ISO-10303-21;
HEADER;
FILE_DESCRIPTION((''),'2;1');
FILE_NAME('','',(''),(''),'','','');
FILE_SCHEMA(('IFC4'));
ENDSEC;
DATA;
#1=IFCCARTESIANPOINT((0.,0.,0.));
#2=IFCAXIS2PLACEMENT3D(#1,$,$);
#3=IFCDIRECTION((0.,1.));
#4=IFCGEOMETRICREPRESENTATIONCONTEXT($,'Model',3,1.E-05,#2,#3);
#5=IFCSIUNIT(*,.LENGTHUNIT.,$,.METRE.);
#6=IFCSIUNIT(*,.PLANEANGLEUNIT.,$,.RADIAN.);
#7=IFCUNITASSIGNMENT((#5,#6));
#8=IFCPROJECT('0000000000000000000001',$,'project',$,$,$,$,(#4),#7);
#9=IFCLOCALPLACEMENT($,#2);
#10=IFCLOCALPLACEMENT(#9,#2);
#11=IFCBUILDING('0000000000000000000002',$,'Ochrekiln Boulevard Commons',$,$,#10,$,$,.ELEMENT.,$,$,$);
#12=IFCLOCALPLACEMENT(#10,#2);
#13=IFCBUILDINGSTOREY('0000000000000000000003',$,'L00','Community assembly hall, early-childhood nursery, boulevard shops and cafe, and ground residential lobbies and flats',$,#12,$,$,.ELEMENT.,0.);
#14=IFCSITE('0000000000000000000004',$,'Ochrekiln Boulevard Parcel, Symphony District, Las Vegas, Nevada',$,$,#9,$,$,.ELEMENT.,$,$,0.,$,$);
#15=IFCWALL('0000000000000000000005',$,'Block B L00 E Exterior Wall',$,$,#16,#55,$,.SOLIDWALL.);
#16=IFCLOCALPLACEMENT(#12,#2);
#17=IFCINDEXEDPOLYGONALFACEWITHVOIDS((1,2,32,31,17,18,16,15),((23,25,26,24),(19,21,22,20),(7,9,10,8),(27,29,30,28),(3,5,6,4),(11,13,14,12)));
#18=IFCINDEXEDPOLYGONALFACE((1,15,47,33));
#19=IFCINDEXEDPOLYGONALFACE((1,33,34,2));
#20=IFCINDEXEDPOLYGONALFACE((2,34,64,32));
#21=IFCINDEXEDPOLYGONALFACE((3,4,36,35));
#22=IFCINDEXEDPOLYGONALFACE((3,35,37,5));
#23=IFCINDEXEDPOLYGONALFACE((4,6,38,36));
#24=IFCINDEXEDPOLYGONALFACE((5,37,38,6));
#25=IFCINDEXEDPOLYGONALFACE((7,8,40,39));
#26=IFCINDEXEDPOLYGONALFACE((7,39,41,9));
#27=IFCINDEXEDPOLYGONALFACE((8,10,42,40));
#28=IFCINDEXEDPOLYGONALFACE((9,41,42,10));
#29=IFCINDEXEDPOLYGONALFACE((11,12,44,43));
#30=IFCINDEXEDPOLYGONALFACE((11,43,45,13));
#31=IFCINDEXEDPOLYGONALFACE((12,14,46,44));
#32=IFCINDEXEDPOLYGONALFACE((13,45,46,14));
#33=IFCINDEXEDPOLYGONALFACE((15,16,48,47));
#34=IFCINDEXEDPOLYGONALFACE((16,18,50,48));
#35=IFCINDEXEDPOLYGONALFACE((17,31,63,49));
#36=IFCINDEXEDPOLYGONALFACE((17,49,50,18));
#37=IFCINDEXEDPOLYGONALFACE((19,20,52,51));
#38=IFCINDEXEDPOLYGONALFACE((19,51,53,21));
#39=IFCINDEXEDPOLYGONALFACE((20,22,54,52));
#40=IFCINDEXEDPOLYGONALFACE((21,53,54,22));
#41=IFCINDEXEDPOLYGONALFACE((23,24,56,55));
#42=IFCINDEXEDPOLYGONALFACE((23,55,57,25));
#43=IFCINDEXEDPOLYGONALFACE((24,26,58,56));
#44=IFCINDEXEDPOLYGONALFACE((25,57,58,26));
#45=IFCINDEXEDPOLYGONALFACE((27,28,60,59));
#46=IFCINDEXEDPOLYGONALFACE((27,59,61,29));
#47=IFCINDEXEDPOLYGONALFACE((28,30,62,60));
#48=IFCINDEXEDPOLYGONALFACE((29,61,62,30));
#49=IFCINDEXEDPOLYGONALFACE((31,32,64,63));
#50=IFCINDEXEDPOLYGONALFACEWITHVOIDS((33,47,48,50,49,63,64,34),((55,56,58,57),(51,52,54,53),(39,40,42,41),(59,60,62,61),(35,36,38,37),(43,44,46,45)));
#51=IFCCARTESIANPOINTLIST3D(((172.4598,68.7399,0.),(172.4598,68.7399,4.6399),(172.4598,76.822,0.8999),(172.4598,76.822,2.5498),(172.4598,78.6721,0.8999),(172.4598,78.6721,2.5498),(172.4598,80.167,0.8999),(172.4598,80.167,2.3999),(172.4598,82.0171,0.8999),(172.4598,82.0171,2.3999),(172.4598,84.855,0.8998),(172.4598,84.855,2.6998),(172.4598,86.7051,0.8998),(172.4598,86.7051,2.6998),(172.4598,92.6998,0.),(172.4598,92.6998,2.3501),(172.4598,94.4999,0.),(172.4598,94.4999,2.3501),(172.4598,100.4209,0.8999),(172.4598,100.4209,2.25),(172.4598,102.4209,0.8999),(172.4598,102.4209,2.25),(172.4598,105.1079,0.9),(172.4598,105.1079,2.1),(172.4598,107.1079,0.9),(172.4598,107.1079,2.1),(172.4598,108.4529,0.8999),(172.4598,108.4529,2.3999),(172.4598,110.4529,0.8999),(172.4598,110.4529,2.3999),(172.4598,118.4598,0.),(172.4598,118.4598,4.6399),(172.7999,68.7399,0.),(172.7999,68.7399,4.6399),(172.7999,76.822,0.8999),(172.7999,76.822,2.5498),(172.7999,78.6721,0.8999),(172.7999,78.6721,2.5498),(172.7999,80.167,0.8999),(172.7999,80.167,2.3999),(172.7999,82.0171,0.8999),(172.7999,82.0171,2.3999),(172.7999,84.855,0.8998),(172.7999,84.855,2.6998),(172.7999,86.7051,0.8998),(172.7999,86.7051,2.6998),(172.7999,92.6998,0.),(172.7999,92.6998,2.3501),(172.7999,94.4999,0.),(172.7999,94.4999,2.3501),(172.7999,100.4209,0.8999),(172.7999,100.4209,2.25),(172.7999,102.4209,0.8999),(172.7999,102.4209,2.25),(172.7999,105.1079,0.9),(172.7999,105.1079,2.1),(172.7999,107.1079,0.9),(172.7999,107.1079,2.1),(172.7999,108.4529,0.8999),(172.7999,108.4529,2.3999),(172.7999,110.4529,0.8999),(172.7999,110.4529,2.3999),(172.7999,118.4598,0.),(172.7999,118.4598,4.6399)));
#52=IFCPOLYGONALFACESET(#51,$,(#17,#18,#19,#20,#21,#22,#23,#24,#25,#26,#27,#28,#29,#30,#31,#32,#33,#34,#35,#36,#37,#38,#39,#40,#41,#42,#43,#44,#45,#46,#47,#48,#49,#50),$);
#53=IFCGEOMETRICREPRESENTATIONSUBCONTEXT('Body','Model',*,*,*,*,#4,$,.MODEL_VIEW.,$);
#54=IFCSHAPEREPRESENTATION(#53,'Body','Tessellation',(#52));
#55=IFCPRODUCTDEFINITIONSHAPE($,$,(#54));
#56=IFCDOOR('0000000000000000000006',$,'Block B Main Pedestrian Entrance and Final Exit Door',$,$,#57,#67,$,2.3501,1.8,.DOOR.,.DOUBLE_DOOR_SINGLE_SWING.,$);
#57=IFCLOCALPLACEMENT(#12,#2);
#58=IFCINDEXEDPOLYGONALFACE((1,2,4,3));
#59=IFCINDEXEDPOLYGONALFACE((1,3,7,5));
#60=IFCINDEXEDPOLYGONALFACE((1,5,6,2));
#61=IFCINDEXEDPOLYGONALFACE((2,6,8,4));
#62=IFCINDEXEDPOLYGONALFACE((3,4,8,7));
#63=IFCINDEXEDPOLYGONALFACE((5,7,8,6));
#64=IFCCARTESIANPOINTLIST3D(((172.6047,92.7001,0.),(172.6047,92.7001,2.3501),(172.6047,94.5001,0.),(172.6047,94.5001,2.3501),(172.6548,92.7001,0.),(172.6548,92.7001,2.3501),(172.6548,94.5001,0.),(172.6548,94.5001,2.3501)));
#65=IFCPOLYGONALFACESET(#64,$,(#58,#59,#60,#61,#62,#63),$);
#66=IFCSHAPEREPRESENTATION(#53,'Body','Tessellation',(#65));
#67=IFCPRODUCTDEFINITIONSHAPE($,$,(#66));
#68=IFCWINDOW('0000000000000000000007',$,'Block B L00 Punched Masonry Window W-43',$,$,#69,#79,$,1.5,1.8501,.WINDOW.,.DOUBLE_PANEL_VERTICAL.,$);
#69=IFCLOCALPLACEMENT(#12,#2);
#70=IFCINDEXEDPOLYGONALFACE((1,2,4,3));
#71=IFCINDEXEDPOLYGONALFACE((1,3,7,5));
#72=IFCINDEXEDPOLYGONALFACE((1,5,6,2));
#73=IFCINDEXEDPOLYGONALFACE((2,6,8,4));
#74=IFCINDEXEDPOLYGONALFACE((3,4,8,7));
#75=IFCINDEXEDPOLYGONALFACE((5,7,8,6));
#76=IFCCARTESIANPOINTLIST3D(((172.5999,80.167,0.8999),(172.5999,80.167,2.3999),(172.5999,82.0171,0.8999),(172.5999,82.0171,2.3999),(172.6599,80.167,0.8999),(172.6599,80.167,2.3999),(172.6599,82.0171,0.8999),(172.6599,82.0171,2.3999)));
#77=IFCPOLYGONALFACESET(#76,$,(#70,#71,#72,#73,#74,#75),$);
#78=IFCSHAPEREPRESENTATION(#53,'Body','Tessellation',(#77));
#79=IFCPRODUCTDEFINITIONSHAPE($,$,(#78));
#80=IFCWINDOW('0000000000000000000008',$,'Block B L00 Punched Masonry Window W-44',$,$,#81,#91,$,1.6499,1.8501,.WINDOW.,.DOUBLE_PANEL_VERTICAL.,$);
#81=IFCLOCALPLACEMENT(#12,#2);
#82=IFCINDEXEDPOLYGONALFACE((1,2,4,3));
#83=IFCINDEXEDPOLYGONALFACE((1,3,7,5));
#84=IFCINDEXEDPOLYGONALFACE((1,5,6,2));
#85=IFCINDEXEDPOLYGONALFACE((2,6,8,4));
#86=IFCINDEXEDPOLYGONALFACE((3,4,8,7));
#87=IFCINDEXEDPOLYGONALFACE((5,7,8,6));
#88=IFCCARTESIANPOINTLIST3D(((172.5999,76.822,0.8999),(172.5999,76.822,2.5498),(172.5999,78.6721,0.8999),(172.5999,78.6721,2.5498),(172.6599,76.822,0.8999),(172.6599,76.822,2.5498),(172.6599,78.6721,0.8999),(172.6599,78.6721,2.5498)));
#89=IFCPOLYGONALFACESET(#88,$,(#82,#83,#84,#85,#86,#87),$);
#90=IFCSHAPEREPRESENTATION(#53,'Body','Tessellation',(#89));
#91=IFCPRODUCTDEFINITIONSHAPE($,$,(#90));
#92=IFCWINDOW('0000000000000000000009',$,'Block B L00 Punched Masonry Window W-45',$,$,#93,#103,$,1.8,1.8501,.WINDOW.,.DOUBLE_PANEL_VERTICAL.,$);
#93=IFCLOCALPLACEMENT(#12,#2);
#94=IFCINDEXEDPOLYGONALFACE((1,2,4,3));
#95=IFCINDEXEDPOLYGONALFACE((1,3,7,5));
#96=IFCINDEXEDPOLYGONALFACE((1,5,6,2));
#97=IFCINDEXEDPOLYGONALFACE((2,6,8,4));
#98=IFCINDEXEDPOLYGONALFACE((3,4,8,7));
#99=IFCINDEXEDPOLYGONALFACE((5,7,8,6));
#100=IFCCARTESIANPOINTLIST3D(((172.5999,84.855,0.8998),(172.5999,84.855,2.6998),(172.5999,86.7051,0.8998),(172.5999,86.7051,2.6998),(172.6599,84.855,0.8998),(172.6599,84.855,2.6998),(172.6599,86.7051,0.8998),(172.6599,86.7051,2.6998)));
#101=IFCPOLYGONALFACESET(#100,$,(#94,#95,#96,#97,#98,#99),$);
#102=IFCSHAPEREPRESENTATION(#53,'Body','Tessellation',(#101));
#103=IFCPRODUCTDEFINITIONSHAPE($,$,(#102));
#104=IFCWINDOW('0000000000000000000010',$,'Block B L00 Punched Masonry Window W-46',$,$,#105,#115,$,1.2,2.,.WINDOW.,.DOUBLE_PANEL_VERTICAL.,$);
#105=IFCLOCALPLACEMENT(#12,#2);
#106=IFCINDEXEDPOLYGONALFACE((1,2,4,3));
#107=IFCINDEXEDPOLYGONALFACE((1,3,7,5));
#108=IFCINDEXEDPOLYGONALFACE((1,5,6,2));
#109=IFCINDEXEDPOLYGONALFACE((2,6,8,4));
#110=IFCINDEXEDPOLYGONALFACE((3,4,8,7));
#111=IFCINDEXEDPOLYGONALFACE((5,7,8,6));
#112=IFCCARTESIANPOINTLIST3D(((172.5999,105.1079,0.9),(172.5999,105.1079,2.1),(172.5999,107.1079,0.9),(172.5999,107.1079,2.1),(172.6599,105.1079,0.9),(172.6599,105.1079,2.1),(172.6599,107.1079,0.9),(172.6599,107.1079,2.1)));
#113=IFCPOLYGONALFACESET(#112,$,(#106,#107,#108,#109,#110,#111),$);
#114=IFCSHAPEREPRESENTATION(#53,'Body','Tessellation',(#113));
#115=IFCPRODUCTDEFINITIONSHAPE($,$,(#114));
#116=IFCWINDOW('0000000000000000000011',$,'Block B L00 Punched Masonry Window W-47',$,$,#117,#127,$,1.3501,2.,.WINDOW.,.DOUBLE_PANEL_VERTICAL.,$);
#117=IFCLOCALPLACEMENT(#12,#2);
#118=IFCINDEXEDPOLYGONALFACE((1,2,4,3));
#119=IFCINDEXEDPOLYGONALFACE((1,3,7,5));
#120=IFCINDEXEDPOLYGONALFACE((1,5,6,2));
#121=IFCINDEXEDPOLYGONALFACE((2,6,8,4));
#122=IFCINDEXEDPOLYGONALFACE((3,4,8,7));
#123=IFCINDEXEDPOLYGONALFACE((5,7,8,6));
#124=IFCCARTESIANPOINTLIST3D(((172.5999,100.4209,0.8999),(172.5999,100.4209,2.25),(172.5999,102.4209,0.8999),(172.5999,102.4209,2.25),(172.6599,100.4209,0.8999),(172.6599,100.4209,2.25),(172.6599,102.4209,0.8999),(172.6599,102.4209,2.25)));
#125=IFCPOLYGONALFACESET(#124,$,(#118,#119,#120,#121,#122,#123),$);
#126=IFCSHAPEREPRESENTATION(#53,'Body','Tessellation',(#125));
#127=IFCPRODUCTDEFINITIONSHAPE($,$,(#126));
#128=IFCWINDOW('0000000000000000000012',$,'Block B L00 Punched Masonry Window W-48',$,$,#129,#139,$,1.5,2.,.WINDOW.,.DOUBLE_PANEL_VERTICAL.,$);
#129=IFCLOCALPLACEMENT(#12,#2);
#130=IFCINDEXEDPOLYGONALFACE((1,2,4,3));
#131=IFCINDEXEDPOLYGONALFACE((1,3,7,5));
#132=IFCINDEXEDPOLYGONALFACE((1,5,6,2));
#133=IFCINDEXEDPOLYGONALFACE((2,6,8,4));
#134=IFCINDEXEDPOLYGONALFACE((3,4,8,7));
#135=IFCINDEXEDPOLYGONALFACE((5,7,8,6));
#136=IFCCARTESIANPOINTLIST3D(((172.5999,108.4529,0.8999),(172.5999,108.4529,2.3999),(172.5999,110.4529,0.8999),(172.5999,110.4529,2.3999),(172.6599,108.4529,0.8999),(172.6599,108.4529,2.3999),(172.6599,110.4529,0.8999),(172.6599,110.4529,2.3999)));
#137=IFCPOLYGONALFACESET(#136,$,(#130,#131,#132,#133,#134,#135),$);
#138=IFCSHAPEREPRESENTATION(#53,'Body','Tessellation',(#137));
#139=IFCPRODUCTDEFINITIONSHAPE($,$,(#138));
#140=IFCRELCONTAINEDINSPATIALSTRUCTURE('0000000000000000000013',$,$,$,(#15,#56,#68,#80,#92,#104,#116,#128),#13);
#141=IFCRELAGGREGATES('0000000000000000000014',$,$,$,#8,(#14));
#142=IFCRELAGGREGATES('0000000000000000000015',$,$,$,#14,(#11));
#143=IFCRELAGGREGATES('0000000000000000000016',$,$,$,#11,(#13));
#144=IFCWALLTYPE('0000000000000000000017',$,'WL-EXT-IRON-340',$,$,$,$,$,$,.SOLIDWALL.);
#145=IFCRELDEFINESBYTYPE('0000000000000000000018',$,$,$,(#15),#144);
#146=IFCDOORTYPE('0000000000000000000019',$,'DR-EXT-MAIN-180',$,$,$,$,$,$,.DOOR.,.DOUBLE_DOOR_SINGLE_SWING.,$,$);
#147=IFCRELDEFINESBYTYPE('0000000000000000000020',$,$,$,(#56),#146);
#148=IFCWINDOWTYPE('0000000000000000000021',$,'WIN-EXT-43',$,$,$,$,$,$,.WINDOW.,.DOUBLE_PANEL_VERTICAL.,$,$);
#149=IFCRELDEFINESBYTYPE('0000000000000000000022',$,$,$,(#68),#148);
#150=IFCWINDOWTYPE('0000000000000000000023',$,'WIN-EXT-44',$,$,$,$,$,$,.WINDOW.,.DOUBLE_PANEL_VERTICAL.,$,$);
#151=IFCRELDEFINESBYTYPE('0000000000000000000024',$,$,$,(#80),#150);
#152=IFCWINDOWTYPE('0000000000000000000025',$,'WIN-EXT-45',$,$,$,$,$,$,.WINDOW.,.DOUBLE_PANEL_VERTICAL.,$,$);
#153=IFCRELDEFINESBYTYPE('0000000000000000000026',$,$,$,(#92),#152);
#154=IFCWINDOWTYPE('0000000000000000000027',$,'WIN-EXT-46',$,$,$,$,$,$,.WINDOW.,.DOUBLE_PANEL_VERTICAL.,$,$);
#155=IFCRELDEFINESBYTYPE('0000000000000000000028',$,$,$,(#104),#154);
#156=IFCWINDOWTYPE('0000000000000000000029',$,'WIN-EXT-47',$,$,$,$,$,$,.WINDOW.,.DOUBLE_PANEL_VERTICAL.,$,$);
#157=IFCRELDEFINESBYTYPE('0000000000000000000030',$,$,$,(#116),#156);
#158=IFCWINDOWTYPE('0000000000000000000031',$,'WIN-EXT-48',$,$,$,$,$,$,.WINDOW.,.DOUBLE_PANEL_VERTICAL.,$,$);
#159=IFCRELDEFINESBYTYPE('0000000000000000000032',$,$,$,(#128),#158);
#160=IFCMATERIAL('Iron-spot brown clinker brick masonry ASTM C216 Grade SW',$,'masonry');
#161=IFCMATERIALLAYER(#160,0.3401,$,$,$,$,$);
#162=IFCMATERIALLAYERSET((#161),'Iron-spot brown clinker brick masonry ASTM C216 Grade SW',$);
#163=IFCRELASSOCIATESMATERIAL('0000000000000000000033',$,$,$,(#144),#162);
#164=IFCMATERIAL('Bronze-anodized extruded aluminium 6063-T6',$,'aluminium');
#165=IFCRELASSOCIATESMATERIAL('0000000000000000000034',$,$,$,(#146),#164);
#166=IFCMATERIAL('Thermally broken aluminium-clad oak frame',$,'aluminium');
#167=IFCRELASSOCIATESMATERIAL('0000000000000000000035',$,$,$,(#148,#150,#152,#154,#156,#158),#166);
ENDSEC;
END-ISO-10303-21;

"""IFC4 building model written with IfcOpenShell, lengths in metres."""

from ifc_helpers import new_model, si_unit, direction, frame, frame_2d, origin, place, context, subcontext, project, spatial, rectangle, extrude, material, layer, layer_set, type_object, element, fill, save


model = new_model("IFC4")

# Units and contexts
model_context = context("Model", 3, precision=1e-05, world=origin(), true_north=direction((0.0, 1.0)))
body_context = subcontext(model_context, "Body", "Model", "MODEL_VIEW")
ifc_project = project(units=[si_unit("LENGTHUNIT", "METRE"), si_unit("PLANEANGLEUNIT", "RADIAN")], contexts=[model_context])

# Site, building, storey
site_placement = place(None, origin())
site = spatial("IfcSite", under=ifc_project, at=site_placement, Name="Ochrekiln Boulevard Parcel, Symphony District, Las Vegas, Nevada", CompositionType="ELEMENT", RefElevation=0.0)
building_placement = place(site_placement, origin())
building = spatial("IfcBuilding", under=site, at=building_placement, Name="Ochrekiln Boulevard Commons", CompositionType="ELEMENT")
storey_placement = place(building_placement, origin())
storey = spatial("IfcBuildingStorey", under=building, at=storey_placement, Name="L00", Description="Community assembly hall, early-childhood nursery, boulevard shops and cafe, and ground residential lobbies and flats", CompositionType="ELEMENT", Elevation=0.0)

# Wall, openings, door, windows
ifc_material_1 = material(Name="Iron-spot brown clinker brick masonry ASTM C216 Grade SW", Category="masonry")
ifc_layer_1 = layer(ifc_material_1, 0.3401)
ifc_layer_set_1 = layer_set([ifc_layer_1], Name="Iron-spot brown clinker brick masonry ASTM C216 Grade SW")
wall_type_1 = type_object("IfcWallType", Name="WL-EXT-IRON-340", PredefinedType="SOLIDWALL", material=ifc_layer_set_1)
wall_1_placement = place(storey_placement, frame((172.6299, 68.74, 0.0), z_axis=(0.0, 0.0, 1.0), x_axis=(0.0, 1.0, 0.0)))
wall_1 = element("IfcWall", 1, at=wall_1_placement, inside=storey, type_object=wall_type_1, Name="Block B L00 E Exterior Wall", PredefinedType="SOLIDWALL", context=body_context, shape_type="SweptSolid", body=[
    extrude(rectangle(XDim=49.72, YDim=0.3401, at=frame_2d((24.8599, 0.0))), origin(), (0.0, 0.0, 1.0), 4.6399),
])
opening_1_placement = place(wall_1_placement, frame((23.96, 0.0, 0.0)))
opening_1 = element("IfcOpeningElement", 2, at=opening_1_placement, cuts=wall_1, PredefinedType="OPENING", context=body_context, shape_type="SweptSolid", body=[
    extrude(rectangle(XDim=1.8, YDim=2.3501, at=frame_2d((0.8999, 1.175))), frame((0.0, 0.1799, 0.0), z_axis=(0.0, -1.0, 0.0), x_axis=(1.0, 0.0, 0.0)), (0.0, 0.0, 1.0), 0.3601),
])
opening_2_placement = place(wall_1_placement, frame((11.427, 0.0, 0.8999)))
opening_2 = element("IfcOpeningElement", 3, at=opening_2_placement, cuts=wall_1, PredefinedType="OPENING", context=body_context, shape_type="SweptSolid", body=[
    extrude(rectangle(XDim=1.8501, YDim=1.5, at=frame_2d((0.925, 0.75))), frame((0.0, 0.1799, 0.0), z_axis=(0.0, -1.0, 0.0), x_axis=(1.0, 0.0, 0.0)), (0.0, 0.0, 1.0), 0.3601),
])
opening_3_placement = place(wall_1_placement, frame((8.082, 0.0, 0.8999)))
opening_3 = element("IfcOpeningElement", 4, at=opening_3_placement, cuts=wall_1, PredefinedType="OPENING", context=body_context, shape_type="SweptSolid", body=[
    extrude(rectangle(XDim=1.8501, YDim=1.6499, at=frame_2d((0.925, 0.825))), frame((0.0, 0.1799, 0.0), z_axis=(0.0, -1.0, 0.0), x_axis=(1.0, 0.0, 0.0)), (0.0, 0.0, 1.0), 0.3601),
])
opening_4_placement = place(wall_1_placement, frame((16.115, 0.0, 0.8999)))
opening_4 = element("IfcOpeningElement", 5, at=opening_4_placement, cuts=wall_1, PredefinedType="OPENING", context=body_context, shape_type="SweptSolid", body=[
    extrude(rectangle(XDim=1.8501, YDim=1.8, at=frame_2d((0.925, 0.8999))), frame((0.0, 0.1799, 0.0), z_axis=(0.0, -1.0, 0.0), x_axis=(1.0, 0.0, 0.0)), (0.0, 0.0, 1.0), 0.3601),
])
opening_5_placement = place(wall_1_placement, frame((36.3679, 0.0, 0.8999)))
opening_5 = element("IfcOpeningElement", 6, at=opening_5_placement, cuts=wall_1, PredefinedType="OPENING", context=body_context, shape_type="SweptSolid", body=[
    extrude(rectangle(XDim=2.0, YDim=1.2, at=frame_2d((1.0, 0.6001))), frame((0.0, 0.1799, 0.0), z_axis=(0.0, -1.0, 0.0), x_axis=(1.0, 0.0, 0.0)), (0.0, 0.0, 1.0), 0.3601),
])
opening_6_placement = place(wall_1_placement, frame((31.6809, 0.0, 0.8999)))
opening_6 = element("IfcOpeningElement", 7, at=opening_6_placement, cuts=wall_1, PredefinedType="OPENING", context=body_context, shape_type="SweptSolid", body=[
    extrude(rectangle(XDim=2.0, YDim=1.3501, at=frame_2d((1.0, 0.675))), frame((0.0, 0.1799, 0.0), z_axis=(0.0, -1.0, 0.0), x_axis=(1.0, 0.0, 0.0)), (0.0, 0.0, 1.0), 0.3601),
])
opening_7_placement = place(wall_1_placement, frame((39.7129, 0.0, 0.8999)))
opening_7 = element("IfcOpeningElement", 8, at=opening_7_placement, cuts=wall_1, PredefinedType="OPENING", context=body_context, shape_type="SweptSolid", body=[
    extrude(rectangle(XDim=2.0, YDim=1.5, at=frame_2d((1.0, 0.75))), frame((0.0, 0.1799, 0.0), z_axis=(0.0, -1.0, 0.0), x_axis=(1.0, 0.0, 0.0)), (0.0, 0.0, 1.0), 0.3601),
])
ifc_material_2 = material(Name="Bronze-anodized extruded aluminium 6063-T6", Category="aluminium")
door_type_1 = type_object("IfcDoorType", Name="DR-EXT-MAIN-180", OperationType="DOUBLE_DOOR_SINGLE_SWING", PredefinedType="DOOR", material=ifc_material_2)
door_1_placement = place(opening_1_placement, frame((1.8, 0.0, 0.0), z_axis=(0.0, 0.0, 1.0), x_axis=(-1.0, 0.0, 0.0)))
door_1 = element("IfcDoor", 9, at=door_1_placement, inside=storey, type_object=door_type_1, Name="Block B Main Pedestrian Entrance and Final Exit Door", OperationType="DOUBLE_DOOR_SINGLE_SWING", OverallHeight=2.3501, OverallWidth=1.8, PredefinedType="DOOR", context=body_context, shape_type="SweptSolid", body=[
    extrude(rectangle(XDim=1.8, YDim=2.3501, at=frame_2d((0.8999, 1.175))), frame((0.0, 0.0249, 0.0), z_axis=(0.0, -1.0, 0.0), x_axis=(1.0, 0.0, 0.0)), (0.0, 0.0, 1.0), 0.05),
])
fill(opening_1, door_1)
ifc_material_3 = material(Name="Thermally broken aluminium-clad oak frame", Category="aluminium")
window_type_1 = type_object("IfcWindowType", Name="WIN-EXT-43", PartitioningType="DOUBLE_PANEL_VERTICAL", PredefinedType="WINDOW", material=ifc_material_3)
window_1_placement = place(opening_2_placement, origin())
window_1 = element("IfcWindow", 10, at=window_1_placement, inside=storey, type_object=window_type_1, Name="Block B L00 Punched Masonry Window W-43", OverallHeight=1.5, OverallWidth=1.8501, PartitioningType="DOUBLE_PANEL_VERTICAL", PredefinedType="WINDOW", context=body_context, shape_type="SweptSolid", body=[
    extrude(rectangle(XDim=1.8501, YDim=1.5, at=frame_2d((0.925, 0.75))), frame((0.0, 0.03, 0.0), z_axis=(0.0, -1.0, 0.0), x_axis=(1.0, 0.0, 0.0)), (0.0, 0.0, 1.0), 0.0601),
])
fill(opening_2, window_1)
window_type_2 = type_object("IfcWindowType", Name="WIN-EXT-44", PartitioningType="DOUBLE_PANEL_VERTICAL", PredefinedType="WINDOW", material=ifc_material_3)
window_2_placement = place(opening_3_placement, origin())
window_2 = element("IfcWindow", 11, at=window_2_placement, inside=storey, type_object=window_type_2, Name="Block B L00 Punched Masonry Window W-44", OverallHeight=1.6499, OverallWidth=1.8501, PartitioningType="DOUBLE_PANEL_VERTICAL", PredefinedType="WINDOW", context=body_context, shape_type="SweptSolid", body=[
    extrude(rectangle(XDim=1.8501, YDim=1.6499, at=frame_2d((0.925, 0.825))), frame((0.0, 0.03, 0.0), z_axis=(0.0, -1.0, 0.0), x_axis=(1.0, 0.0, 0.0)), (0.0, 0.0, 1.0), 0.0601),
])
fill(opening_3, window_2)
window_type_3 = type_object("IfcWindowType", Name="WIN-EXT-45", PartitioningType="DOUBLE_PANEL_VERTICAL", PredefinedType="WINDOW", material=ifc_material_3)
window_3_placement = place(opening_4_placement, origin())
window_3 = element("IfcWindow", 12, at=window_3_placement, inside=storey, type_object=window_type_3, Name="Block B L00 Punched Masonry Window W-45", OverallHeight=1.8, OverallWidth=1.8501, PartitioningType="DOUBLE_PANEL_VERTICAL", PredefinedType="WINDOW", context=body_context, shape_type="SweptSolid", body=[
    extrude(rectangle(XDim=1.8501, YDim=1.8, at=frame_2d((0.925, 0.8999))), frame((0.0, 0.03, 0.0), z_axis=(0.0, -1.0, 0.0), x_axis=(1.0, 0.0, 0.0)), (0.0, 0.0, 1.0), 0.0601),
])
fill(opening_4, window_3)
window_type_4 = type_object("IfcWindowType", Name="WIN-EXT-46", PartitioningType="DOUBLE_PANEL_VERTICAL", PredefinedType="WINDOW", material=ifc_material_3)
window_4_placement = place(opening_5_placement, origin())
window_4 = element("IfcWindow", 13, at=window_4_placement, inside=storey, type_object=window_type_4, Name="Block B L00 Punched Masonry Window W-46", OverallHeight=1.2, OverallWidth=2.0, PartitioningType="DOUBLE_PANEL_VERTICAL", PredefinedType="WINDOW", context=body_context, shape_type="SweptSolid", body=[
    extrude(rectangle(XDim=2.0, YDim=1.2, at=frame_2d((1.0, 0.6001))), frame((0.0, 0.03, 0.0), z_axis=(0.0, -1.0, 0.0), x_axis=(1.0, 0.0, 0.0)), (0.0, 0.0, 1.0), 0.0601),
])
fill(opening_5, window_4)
window_type_5 = type_object("IfcWindowType", Name="WIN-EXT-47", PartitioningType="DOUBLE_PANEL_VERTICAL", PredefinedType="WINDOW", material=ifc_material_3)
window_5_placement = place(opening_6_placement, origin())
window_5 = element("IfcWindow", 14, at=window_5_placement, inside=storey, type_object=window_type_5, Name="Block B L00 Punched Masonry Window W-47", OverallHeight=1.3501, OverallWidth=2.0, PartitioningType="DOUBLE_PANEL_VERTICAL", PredefinedType="WINDOW", context=body_context, shape_type="SweptSolid", body=[
    extrude(rectangle(XDim=2.0, YDim=1.3501, at=frame_2d((1.0, 0.675))), frame((0.0, 0.03, 0.0), z_axis=(0.0, -1.0, 0.0), x_axis=(1.0, 0.0, 0.0)), (0.0, 0.0, 1.0), 0.0601),
])
fill(opening_6, window_5)
window_type_6 = type_object("IfcWindowType", Name="WIN-EXT-48", PartitioningType="DOUBLE_PANEL_VERTICAL", PredefinedType="WINDOW", material=ifc_material_3)
window_6_placement = place(opening_7_placement, origin())
window_6 = element("IfcWindow", 15, at=window_6_placement, inside=storey, type_object=window_type_6, Name="Block B L00 Punched Masonry Window W-48", OverallHeight=1.5, OverallWidth=2.0, PartitioningType="DOUBLE_PANEL_VERTICAL", PredefinedType="WINDOW", context=body_context, shape_type="SweptSolid", body=[
    extrude(rectangle(XDim=2.0, YDim=1.5, at=frame_2d((1.0, 0.75))), frame((0.0, 0.03, 0.0), z_axis=(0.0, -1.0, 0.0), x_axis=(1.0, 0.0, 0.0)), (0.0, 0.0, 1.0), 0.0601),
])
fill(opening_7, window_6)

save(model, "model.ifc")
